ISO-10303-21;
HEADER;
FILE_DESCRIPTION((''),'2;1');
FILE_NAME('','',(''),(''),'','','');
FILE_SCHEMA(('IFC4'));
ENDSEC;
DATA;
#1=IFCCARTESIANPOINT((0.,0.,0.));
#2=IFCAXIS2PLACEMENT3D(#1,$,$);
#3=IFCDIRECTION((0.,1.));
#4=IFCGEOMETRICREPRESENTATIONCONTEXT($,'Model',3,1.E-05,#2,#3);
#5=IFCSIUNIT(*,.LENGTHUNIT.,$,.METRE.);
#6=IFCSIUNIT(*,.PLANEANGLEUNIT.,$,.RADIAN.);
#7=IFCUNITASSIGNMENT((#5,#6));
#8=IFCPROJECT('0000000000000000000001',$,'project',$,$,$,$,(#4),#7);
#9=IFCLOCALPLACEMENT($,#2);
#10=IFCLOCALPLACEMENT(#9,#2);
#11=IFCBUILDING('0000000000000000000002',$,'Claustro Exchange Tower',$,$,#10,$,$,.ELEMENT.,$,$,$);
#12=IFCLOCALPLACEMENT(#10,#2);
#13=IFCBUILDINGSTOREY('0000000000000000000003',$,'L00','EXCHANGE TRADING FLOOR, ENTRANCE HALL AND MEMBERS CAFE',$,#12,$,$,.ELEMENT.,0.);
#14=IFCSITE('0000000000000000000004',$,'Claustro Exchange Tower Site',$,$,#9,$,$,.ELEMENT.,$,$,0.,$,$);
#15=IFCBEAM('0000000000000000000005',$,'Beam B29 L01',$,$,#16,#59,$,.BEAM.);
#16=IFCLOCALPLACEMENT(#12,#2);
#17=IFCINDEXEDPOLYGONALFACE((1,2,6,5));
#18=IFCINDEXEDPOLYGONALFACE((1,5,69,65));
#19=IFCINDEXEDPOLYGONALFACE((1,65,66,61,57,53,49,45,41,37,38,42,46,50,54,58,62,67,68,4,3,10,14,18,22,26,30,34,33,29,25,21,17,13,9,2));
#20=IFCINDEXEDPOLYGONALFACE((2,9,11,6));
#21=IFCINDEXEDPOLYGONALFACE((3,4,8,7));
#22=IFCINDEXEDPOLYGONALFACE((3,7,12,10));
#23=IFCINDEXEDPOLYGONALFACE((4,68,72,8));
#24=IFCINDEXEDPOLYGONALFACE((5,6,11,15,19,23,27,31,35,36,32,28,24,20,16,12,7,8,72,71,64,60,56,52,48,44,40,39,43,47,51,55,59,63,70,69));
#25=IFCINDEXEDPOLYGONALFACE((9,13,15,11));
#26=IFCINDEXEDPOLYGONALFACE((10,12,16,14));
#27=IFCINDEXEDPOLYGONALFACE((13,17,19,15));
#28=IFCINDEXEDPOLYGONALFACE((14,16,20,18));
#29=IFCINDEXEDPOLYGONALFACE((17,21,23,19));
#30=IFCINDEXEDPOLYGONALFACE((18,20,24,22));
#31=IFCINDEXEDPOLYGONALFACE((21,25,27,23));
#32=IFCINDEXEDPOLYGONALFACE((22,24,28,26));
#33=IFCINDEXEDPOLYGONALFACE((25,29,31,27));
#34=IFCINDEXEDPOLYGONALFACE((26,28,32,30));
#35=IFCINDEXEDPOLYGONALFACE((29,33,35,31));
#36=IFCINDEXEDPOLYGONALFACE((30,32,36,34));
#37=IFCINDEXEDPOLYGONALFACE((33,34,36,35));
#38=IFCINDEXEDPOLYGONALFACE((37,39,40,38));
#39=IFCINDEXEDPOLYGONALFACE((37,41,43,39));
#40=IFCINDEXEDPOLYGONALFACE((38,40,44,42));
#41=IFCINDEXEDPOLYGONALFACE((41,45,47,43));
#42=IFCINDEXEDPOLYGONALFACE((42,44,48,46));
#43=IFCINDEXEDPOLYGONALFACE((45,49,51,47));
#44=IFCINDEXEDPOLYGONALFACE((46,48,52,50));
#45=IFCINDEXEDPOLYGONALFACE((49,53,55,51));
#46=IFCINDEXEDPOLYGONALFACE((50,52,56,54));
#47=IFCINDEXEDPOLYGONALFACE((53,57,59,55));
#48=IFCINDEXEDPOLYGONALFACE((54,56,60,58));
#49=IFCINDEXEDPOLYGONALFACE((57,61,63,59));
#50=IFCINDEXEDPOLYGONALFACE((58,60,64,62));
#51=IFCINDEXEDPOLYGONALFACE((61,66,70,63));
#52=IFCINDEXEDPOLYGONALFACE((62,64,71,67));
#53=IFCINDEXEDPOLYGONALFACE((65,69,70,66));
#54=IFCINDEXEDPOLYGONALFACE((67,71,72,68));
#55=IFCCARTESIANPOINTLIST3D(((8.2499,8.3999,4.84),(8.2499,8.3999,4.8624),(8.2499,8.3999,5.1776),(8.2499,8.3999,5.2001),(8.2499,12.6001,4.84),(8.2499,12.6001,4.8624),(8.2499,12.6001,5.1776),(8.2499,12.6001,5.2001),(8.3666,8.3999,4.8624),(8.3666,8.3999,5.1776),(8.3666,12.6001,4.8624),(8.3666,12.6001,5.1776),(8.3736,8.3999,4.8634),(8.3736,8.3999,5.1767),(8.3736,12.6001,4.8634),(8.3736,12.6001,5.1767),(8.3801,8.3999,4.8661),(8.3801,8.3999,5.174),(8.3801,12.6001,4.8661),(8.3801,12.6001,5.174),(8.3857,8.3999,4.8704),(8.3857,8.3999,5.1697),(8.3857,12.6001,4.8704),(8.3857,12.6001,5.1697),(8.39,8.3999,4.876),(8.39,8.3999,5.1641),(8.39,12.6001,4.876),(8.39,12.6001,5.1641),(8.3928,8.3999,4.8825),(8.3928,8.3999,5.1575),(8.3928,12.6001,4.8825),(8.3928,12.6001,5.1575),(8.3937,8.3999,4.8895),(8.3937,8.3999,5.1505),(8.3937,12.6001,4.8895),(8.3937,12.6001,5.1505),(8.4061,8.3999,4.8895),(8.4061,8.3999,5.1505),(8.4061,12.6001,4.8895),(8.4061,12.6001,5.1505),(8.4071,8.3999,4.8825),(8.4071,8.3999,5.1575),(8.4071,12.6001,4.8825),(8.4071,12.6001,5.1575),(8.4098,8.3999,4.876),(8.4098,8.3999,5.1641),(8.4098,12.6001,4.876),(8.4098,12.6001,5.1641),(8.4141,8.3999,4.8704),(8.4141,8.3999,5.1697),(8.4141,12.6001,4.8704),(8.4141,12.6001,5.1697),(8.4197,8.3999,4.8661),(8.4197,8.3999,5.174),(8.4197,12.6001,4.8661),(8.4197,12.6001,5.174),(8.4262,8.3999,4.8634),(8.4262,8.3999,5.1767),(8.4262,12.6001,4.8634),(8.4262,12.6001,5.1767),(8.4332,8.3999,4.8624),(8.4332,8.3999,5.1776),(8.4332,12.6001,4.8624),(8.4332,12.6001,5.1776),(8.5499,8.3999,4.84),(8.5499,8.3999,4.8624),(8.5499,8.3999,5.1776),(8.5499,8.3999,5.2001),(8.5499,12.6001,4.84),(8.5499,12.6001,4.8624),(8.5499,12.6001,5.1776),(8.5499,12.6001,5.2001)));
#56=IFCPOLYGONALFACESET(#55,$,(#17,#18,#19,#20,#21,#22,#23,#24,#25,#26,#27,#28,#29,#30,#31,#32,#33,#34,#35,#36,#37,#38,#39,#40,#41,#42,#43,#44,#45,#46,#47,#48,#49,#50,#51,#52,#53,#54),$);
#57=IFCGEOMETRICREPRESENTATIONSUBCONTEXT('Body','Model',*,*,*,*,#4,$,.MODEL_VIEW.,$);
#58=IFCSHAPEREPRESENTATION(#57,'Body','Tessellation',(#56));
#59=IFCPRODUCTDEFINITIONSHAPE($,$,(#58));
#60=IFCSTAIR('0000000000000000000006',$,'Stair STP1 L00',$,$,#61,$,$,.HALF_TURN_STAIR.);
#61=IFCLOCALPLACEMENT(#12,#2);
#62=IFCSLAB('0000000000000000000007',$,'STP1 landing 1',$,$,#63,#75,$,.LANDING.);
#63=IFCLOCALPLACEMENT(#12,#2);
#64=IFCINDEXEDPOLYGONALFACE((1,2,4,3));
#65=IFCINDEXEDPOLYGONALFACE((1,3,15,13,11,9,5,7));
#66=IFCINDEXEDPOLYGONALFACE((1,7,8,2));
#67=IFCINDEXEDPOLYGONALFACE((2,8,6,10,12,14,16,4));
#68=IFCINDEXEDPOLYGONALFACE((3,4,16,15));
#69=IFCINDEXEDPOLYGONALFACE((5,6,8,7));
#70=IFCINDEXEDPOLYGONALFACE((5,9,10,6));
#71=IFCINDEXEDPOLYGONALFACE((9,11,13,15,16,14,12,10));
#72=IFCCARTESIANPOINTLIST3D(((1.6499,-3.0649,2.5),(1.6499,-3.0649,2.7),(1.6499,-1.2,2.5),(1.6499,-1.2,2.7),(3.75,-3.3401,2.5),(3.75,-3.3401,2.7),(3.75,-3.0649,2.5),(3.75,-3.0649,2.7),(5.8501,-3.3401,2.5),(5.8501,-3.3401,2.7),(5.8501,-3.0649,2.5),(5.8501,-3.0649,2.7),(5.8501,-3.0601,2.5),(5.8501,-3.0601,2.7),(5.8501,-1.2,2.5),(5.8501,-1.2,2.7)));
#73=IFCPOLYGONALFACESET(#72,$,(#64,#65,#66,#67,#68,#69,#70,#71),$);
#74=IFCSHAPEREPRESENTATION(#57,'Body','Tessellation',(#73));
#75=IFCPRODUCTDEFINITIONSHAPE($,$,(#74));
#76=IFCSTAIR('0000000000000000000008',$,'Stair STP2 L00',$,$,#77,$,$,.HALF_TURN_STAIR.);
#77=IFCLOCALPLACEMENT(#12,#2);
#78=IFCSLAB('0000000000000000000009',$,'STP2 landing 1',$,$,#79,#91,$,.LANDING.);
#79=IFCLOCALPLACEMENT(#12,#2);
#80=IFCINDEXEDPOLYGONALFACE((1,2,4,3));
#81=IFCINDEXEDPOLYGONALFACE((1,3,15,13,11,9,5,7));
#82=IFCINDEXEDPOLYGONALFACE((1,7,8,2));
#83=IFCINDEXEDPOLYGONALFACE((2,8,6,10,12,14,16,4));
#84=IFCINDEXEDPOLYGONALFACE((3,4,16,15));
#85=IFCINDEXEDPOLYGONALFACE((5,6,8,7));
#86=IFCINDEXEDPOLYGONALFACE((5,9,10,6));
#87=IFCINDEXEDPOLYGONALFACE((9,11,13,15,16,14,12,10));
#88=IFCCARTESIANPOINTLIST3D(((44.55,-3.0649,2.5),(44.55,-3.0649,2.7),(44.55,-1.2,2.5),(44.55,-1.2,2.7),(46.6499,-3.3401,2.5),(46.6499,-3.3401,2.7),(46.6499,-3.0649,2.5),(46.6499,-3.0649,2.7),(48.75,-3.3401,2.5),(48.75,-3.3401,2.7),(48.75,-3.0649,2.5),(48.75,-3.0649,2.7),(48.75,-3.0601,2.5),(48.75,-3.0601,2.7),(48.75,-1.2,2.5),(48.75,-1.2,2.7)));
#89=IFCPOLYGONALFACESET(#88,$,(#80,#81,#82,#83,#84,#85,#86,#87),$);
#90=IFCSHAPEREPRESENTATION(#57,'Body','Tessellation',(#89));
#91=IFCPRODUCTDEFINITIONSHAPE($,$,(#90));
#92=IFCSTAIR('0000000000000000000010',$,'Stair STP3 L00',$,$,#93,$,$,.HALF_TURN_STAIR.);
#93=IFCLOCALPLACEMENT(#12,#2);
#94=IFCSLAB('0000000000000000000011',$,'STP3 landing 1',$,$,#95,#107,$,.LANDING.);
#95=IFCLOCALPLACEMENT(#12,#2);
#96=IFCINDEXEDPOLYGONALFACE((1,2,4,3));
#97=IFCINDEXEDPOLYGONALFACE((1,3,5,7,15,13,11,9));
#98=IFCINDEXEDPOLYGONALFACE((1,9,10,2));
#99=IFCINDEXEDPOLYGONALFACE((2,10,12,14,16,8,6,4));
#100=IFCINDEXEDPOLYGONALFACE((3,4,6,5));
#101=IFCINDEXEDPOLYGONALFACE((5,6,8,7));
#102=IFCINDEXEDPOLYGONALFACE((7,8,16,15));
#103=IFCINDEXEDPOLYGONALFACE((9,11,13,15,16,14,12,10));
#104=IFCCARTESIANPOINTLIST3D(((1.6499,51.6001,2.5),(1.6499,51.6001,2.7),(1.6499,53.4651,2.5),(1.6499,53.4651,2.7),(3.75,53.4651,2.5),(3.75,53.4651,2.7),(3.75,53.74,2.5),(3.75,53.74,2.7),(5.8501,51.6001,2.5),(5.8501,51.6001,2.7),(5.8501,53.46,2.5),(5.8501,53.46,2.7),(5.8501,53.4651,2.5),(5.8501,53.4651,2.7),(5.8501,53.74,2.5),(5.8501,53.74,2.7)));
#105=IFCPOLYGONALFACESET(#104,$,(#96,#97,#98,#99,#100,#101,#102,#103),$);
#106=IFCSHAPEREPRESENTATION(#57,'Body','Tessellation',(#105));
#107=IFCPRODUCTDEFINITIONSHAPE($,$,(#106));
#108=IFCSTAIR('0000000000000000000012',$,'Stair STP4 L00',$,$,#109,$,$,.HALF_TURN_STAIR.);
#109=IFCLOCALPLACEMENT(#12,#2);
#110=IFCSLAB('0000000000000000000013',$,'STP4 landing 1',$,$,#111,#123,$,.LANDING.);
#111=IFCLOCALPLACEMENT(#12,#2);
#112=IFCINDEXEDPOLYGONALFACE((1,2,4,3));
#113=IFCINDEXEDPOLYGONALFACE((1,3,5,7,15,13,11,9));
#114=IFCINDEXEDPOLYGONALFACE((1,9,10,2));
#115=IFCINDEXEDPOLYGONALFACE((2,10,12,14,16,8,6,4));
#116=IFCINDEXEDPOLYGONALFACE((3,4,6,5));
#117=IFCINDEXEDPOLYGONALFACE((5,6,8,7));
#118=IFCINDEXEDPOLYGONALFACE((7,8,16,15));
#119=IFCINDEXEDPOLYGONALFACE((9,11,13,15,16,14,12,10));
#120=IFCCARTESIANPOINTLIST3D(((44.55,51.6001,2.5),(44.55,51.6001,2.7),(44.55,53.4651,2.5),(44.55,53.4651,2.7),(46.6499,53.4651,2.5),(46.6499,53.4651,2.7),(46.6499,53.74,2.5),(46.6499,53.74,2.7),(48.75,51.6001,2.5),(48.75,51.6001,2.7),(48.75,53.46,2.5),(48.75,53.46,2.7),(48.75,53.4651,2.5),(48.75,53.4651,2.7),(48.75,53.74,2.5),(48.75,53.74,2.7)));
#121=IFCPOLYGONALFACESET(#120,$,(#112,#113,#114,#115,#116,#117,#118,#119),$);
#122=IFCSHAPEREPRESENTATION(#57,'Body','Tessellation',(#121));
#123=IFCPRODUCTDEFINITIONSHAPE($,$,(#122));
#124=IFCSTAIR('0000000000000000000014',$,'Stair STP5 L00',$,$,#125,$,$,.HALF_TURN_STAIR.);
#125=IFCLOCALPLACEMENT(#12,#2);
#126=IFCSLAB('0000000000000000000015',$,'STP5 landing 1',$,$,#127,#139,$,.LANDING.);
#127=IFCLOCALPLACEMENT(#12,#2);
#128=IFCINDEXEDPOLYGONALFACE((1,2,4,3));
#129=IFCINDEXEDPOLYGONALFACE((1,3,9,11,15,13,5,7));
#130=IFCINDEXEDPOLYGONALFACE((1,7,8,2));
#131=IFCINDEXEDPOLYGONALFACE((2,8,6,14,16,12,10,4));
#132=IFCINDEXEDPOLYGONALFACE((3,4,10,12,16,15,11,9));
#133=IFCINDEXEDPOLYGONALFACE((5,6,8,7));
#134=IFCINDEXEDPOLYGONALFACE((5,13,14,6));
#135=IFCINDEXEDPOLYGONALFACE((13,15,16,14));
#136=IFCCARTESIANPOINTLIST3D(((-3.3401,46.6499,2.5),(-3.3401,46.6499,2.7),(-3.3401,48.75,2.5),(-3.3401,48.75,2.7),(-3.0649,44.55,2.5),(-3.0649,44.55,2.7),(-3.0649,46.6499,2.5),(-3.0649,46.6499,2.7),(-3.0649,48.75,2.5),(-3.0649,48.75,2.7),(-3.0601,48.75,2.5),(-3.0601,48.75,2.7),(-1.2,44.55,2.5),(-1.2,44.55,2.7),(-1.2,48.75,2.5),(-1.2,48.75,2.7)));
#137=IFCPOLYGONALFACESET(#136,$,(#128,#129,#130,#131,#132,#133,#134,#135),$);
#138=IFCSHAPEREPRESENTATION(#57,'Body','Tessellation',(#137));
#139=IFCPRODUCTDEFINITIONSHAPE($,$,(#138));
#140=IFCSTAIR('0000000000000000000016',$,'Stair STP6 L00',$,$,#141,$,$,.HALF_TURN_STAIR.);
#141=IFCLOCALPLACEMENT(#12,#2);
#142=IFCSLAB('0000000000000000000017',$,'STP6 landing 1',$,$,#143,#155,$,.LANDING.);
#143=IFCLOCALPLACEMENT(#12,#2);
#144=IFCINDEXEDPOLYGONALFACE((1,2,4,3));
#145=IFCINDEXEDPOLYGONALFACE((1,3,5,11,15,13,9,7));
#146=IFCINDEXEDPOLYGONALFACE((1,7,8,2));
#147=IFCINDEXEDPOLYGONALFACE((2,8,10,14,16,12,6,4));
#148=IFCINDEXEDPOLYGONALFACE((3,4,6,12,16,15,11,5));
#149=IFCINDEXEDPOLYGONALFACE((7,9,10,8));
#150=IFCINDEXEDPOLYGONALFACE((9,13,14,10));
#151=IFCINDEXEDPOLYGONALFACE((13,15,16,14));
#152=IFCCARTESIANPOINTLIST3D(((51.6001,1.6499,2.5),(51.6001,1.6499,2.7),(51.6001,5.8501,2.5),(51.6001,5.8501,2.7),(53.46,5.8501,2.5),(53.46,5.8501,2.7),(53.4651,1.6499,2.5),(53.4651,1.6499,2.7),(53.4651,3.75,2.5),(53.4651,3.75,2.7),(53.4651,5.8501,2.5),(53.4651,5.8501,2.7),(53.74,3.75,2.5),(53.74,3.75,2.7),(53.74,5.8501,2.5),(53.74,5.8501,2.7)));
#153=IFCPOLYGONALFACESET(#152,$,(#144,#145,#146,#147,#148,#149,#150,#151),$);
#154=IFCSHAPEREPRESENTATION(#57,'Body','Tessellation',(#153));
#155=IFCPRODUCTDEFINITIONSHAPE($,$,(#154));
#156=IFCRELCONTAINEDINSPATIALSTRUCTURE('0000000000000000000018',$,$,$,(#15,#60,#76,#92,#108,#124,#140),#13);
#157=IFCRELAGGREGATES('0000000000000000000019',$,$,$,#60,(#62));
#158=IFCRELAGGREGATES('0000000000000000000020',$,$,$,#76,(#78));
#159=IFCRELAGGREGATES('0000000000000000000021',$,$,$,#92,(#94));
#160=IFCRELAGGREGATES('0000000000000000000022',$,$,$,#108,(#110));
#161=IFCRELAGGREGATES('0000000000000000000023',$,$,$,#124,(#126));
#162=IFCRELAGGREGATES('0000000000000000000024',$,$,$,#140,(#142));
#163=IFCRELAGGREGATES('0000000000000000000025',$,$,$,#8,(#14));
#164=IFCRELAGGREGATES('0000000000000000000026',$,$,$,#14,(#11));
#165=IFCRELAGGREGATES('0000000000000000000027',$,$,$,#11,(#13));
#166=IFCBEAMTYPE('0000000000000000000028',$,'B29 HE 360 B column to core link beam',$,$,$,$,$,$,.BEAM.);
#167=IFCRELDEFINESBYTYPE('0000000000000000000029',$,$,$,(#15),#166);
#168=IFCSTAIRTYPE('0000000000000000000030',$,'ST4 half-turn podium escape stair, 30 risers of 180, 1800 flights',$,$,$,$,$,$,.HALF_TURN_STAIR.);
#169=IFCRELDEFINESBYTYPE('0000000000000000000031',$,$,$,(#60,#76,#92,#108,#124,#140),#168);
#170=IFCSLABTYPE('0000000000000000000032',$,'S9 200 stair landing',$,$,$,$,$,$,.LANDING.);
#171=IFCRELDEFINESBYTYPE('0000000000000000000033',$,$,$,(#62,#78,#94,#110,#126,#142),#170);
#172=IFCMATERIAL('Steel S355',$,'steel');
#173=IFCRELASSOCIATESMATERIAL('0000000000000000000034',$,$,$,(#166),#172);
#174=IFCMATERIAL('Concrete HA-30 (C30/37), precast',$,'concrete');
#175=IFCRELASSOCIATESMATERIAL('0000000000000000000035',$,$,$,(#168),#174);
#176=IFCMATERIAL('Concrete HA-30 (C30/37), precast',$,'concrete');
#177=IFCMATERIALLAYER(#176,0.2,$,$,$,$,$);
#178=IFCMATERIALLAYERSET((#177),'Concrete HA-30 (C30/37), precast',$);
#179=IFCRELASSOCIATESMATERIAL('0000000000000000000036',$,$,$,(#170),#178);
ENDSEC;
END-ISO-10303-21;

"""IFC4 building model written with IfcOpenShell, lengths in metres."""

from ifc_helpers import new_model, si_unit, direction, frame, origin, origin_2d, place, context, subcontext, project, spatial, polyline, i_section, outline, extrude, material, layer, layer_set, material_profile, profile_set, type_object, element, aggregate, save


model = new_model("IFC4")

# Units and contexts
model_context = context("Model", 3, precision=1e-05, world=origin(), true_north=direction((0.0, 1.0)))
body_context = subcontext(model_context, "Body", "Model", "MODEL_VIEW")
ifc_project = project(units=[si_unit("LENGTHUNIT", "METRE"), si_unit("PLANEANGLEUNIT", "RADIAN")], contexts=[model_context])

# Site, building, storey
site_placement = place(None, origin())
site = spatial("IfcSite", under=ifc_project, at=site_placement, Name="Claustro Exchange Tower Site", CompositionType="ELEMENT", RefElevation=0.0)
building_placement = place(site_placement, origin())
building = spatial("IfcBuilding", under=site, at=building_placement, Name="Claustro Exchange Tower", CompositionType="ELEMENT")
storey_placement = place(building_placement, origin())
storey = spatial("IfcBuildingStorey", under=building, at=storey_placement, Name="L00", Description="EXCHANGE TRADING FLOOR, ENTRANCE HALL AND MEMBERS CAFE", CompositionType="ELEMENT", Elevation=0.0)

# Beam
ifc_material_1 = material(Name="Steel S355", Category="steel")
ifc_material_profile_1 = material_profile(ifc_material_1, i_section(OverallWidth=0.3, OverallDepth=0.3601, WebThickness=0.0125, FlangeThickness=0.0225, FilletRadius=0.0271, at=origin_2d()), Name="HE 360 B")
ifc_profile_set_1 = profile_set([ifc_material_profile_1], Name="Steel S355")
beam_type_1 = type_object("IfcBeamType", Name="B29 HE 360 B column to core link beam", PredefinedType="BEAM", material=ifc_profile_set_1)
beam_1_placement = place(storey_placement, frame((8.3999, 8.3999, 5.02), z_axis=(0.0, 1.0, 0.0), x_axis=(-1.0, 0.0, 0.0)))
element("IfcBeam", 1, at=beam_1_placement, inside=storey, type_object=beam_type_1, Name="Beam B29 L01", PredefinedType="BEAM", context=body_context, shape_type="SweptSolid", body=[
    extrude(i_section(OverallWidth=0.3, OverallDepth=0.3601, WebThickness=0.0125, FlangeThickness=0.0225, FilletRadius=0.0271, at=origin_2d()), origin(), (0.0, 0.0, 1.0), 4.2002),
])

# Stairs, slabs
ifc_material_2 = material(Name="Concrete HA-30 (C30/37), precast", Category="concrete")
stair_type = type_object("IfcStairType", Name="ST4 half-turn podium escape stair, 30 risers of 180, 1800 flights", PredefinedType="HALF_TURN_STAIR", material=ifc_material_2)
stair_1_placement = place(storey_placement, origin())
stair_1 = element("IfcStair", 2, at=stair_1_placement, inside=storey, type_object=stair_type, Name="Stair STP1 L00", PredefinedType="HALF_TURN_STAIR")
ifc_material_3 = material(Name="Concrete HA-30 (C30/37), precast", Category="concrete")
ifc_layer_1 = layer(ifc_material_3, 0.2)
ifc_layer_set_1 = layer_set([ifc_layer_1], Name="Concrete HA-30 (C30/37), precast")
slab_type = type_object("IfcSlabType", Name="S9 200 stair landing", PredefinedType="LANDING", material=ifc_layer_set_1)
slab_1_placement = place(storey_placement, frame((0.0, 0.0, 2.5)))
slab_1 = element("IfcSlab", 3, at=slab_1_placement, type_object=slab_type, Name="STP1 landing 1", PredefinedType="LANDING", context=body_context, shape_type="SweptSolid", body=[
    extrude(outline(polyline([(5.8501, -3.3401), (3.75, -3.3401), (3.75, -3.0649), (1.6499, -3.0649), (1.6499, -1.2), (5.8501, -1.2), (5.8501, -3.0601), (5.8501, -3.0649), (5.8501, -3.3401)])), origin(), (0.0, 0.0, 1.0), 0.2),
])
aggregate(stair_1, [slab_1])
stair_2_placement = place(storey_placement, origin())
stair_2 = element("IfcStair", 4, at=stair_2_placement, inside=storey, type_object=stair_type, Name="Stair STP2 L00", PredefinedType="HALF_TURN_STAIR")
slab_2_placement = place(storey_placement, frame((0.0, 0.0, 2.5)))
slab_2 = element("IfcSlab", 5, at=slab_2_placement, type_object=slab_type, Name="STP2 landing 1", PredefinedType="LANDING", context=body_context, shape_type="SweptSolid", body=[
    extrude(outline(polyline([(48.75, -3.3401), (46.6499, -3.3401), (46.6499, -3.0649), (44.55, -3.0649), (44.55, -1.2), (48.75, -1.2), (48.75, -3.0601), (48.75, -3.0649), (48.75, -3.3401)])), origin(), (0.0, 0.0, 1.0), 0.2),
])
aggregate(stair_2, [slab_2])
stair_3_placement = place(storey_placement, origin())
stair_3 = element("IfcStair", 6, at=stair_3_placement, inside=storey, type_object=stair_type, Name="Stair STP3 L00", PredefinedType="HALF_TURN_STAIR")
slab_3_placement = place(storey_placement, frame((0.0, 0.0, 2.5)))
slab_3 = element("IfcSlab", 7, at=slab_3_placement, type_object=slab_type, Name="STP3 landing 1", PredefinedType="LANDING", context=body_context, shape_type="SweptSolid", body=[
    extrude(outline(polyline([(5.8501, 51.6001), (1.6499, 51.6001), (1.6499, 53.4651), (3.75, 53.4651), (3.75, 53.74), (5.8501, 53.74), (5.8501, 53.4651), (5.8501, 53.46), (5.8501, 51.6001)])), origin(), (0.0, 0.0, 1.0), 0.2),
])
aggregate(stair_3, [slab_3])
stair_4_placement = place(storey_placement, origin())
stair_4 = element("IfcStair", 8, at=stair_4_placement, inside=storey, type_object=stair_type, Name="Stair STP4 L00", PredefinedType="HALF_TURN_STAIR")
slab_4_placement = place(storey_placement, frame((0.0, 0.0, 2.5)))
slab_4 = element("IfcSlab", 9, at=slab_4_placement, type_object=slab_type, Name="STP4 landing 1", PredefinedType="LANDING", context=body_context, shape_type="SweptSolid", body=[
    extrude(outline(polyline([(48.75, 51.6001), (44.55, 51.6001), (44.55, 53.4651), (46.6499, 53.4651), (46.6499, 53.74), (48.75, 53.74), (48.75, 53.4651), (48.75, 53.46), (48.75, 51.6001)])), origin(), (0.0, 0.0, 1.0), 0.2),
])
aggregate(stair_4, [slab_4])
stair_5_placement = place(storey_placement, origin())
stair_5 = element("IfcStair", 10, at=stair_5_placement, inside=storey, type_object=stair_type, Name="Stair STP5 L00", PredefinedType="HALF_TURN_STAIR")
slab_5_placement = place(storey_placement, frame((0.0, 0.0, 2.5)))
slab_5 = element("IfcSlab", 11, at=slab_5_placement, type_object=slab_type, Name="STP5 landing 1", PredefinedType="LANDING", context=body_context, shape_type="SweptSolid", body=[
    extrude(outline(polyline([(-1.2, 48.75), (-1.2, 44.55), (-3.0649, 44.55), (-3.0649, 46.6499), (-3.3401, 46.6499), (-3.3401, 48.75), (-3.0649, 48.75), (-3.0601, 48.75), (-1.2, 48.75)])), origin(), (0.0, 0.0, 1.0), 0.2),
])
aggregate(stair_5, [slab_5])
stair_6_placement = place(storey_placement, origin())
stair_6 = element("IfcStair", 12, at=stair_6_placement, inside=storey, type_object=stair_type, Name="Stair STP6 L00", PredefinedType="HALF_TURN_STAIR")
slab_6_placement = place(storey_placement, frame((0.0, 0.0, 2.5)))
slab_6 = element("IfcSlab", 13, at=slab_6_placement, type_object=slab_type, Name="STP6 landing 1", PredefinedType="LANDING", context=body_context, shape_type="SweptSolid", body=[
    extrude(outline(polyline([(53.4651, 1.6499), (51.6001, 1.6499), (51.6001, 5.8501), (53.46, 5.8501), (53.4651, 5.8501), (53.74, 5.8501), (53.74, 3.75), (53.4651, 3.75), (53.4651, 1.6499)])), origin(), (0.0, 0.0, 1.0), 0.2),
])
aggregate(stair_6, [slab_6])

save(model, "model.ifc")
